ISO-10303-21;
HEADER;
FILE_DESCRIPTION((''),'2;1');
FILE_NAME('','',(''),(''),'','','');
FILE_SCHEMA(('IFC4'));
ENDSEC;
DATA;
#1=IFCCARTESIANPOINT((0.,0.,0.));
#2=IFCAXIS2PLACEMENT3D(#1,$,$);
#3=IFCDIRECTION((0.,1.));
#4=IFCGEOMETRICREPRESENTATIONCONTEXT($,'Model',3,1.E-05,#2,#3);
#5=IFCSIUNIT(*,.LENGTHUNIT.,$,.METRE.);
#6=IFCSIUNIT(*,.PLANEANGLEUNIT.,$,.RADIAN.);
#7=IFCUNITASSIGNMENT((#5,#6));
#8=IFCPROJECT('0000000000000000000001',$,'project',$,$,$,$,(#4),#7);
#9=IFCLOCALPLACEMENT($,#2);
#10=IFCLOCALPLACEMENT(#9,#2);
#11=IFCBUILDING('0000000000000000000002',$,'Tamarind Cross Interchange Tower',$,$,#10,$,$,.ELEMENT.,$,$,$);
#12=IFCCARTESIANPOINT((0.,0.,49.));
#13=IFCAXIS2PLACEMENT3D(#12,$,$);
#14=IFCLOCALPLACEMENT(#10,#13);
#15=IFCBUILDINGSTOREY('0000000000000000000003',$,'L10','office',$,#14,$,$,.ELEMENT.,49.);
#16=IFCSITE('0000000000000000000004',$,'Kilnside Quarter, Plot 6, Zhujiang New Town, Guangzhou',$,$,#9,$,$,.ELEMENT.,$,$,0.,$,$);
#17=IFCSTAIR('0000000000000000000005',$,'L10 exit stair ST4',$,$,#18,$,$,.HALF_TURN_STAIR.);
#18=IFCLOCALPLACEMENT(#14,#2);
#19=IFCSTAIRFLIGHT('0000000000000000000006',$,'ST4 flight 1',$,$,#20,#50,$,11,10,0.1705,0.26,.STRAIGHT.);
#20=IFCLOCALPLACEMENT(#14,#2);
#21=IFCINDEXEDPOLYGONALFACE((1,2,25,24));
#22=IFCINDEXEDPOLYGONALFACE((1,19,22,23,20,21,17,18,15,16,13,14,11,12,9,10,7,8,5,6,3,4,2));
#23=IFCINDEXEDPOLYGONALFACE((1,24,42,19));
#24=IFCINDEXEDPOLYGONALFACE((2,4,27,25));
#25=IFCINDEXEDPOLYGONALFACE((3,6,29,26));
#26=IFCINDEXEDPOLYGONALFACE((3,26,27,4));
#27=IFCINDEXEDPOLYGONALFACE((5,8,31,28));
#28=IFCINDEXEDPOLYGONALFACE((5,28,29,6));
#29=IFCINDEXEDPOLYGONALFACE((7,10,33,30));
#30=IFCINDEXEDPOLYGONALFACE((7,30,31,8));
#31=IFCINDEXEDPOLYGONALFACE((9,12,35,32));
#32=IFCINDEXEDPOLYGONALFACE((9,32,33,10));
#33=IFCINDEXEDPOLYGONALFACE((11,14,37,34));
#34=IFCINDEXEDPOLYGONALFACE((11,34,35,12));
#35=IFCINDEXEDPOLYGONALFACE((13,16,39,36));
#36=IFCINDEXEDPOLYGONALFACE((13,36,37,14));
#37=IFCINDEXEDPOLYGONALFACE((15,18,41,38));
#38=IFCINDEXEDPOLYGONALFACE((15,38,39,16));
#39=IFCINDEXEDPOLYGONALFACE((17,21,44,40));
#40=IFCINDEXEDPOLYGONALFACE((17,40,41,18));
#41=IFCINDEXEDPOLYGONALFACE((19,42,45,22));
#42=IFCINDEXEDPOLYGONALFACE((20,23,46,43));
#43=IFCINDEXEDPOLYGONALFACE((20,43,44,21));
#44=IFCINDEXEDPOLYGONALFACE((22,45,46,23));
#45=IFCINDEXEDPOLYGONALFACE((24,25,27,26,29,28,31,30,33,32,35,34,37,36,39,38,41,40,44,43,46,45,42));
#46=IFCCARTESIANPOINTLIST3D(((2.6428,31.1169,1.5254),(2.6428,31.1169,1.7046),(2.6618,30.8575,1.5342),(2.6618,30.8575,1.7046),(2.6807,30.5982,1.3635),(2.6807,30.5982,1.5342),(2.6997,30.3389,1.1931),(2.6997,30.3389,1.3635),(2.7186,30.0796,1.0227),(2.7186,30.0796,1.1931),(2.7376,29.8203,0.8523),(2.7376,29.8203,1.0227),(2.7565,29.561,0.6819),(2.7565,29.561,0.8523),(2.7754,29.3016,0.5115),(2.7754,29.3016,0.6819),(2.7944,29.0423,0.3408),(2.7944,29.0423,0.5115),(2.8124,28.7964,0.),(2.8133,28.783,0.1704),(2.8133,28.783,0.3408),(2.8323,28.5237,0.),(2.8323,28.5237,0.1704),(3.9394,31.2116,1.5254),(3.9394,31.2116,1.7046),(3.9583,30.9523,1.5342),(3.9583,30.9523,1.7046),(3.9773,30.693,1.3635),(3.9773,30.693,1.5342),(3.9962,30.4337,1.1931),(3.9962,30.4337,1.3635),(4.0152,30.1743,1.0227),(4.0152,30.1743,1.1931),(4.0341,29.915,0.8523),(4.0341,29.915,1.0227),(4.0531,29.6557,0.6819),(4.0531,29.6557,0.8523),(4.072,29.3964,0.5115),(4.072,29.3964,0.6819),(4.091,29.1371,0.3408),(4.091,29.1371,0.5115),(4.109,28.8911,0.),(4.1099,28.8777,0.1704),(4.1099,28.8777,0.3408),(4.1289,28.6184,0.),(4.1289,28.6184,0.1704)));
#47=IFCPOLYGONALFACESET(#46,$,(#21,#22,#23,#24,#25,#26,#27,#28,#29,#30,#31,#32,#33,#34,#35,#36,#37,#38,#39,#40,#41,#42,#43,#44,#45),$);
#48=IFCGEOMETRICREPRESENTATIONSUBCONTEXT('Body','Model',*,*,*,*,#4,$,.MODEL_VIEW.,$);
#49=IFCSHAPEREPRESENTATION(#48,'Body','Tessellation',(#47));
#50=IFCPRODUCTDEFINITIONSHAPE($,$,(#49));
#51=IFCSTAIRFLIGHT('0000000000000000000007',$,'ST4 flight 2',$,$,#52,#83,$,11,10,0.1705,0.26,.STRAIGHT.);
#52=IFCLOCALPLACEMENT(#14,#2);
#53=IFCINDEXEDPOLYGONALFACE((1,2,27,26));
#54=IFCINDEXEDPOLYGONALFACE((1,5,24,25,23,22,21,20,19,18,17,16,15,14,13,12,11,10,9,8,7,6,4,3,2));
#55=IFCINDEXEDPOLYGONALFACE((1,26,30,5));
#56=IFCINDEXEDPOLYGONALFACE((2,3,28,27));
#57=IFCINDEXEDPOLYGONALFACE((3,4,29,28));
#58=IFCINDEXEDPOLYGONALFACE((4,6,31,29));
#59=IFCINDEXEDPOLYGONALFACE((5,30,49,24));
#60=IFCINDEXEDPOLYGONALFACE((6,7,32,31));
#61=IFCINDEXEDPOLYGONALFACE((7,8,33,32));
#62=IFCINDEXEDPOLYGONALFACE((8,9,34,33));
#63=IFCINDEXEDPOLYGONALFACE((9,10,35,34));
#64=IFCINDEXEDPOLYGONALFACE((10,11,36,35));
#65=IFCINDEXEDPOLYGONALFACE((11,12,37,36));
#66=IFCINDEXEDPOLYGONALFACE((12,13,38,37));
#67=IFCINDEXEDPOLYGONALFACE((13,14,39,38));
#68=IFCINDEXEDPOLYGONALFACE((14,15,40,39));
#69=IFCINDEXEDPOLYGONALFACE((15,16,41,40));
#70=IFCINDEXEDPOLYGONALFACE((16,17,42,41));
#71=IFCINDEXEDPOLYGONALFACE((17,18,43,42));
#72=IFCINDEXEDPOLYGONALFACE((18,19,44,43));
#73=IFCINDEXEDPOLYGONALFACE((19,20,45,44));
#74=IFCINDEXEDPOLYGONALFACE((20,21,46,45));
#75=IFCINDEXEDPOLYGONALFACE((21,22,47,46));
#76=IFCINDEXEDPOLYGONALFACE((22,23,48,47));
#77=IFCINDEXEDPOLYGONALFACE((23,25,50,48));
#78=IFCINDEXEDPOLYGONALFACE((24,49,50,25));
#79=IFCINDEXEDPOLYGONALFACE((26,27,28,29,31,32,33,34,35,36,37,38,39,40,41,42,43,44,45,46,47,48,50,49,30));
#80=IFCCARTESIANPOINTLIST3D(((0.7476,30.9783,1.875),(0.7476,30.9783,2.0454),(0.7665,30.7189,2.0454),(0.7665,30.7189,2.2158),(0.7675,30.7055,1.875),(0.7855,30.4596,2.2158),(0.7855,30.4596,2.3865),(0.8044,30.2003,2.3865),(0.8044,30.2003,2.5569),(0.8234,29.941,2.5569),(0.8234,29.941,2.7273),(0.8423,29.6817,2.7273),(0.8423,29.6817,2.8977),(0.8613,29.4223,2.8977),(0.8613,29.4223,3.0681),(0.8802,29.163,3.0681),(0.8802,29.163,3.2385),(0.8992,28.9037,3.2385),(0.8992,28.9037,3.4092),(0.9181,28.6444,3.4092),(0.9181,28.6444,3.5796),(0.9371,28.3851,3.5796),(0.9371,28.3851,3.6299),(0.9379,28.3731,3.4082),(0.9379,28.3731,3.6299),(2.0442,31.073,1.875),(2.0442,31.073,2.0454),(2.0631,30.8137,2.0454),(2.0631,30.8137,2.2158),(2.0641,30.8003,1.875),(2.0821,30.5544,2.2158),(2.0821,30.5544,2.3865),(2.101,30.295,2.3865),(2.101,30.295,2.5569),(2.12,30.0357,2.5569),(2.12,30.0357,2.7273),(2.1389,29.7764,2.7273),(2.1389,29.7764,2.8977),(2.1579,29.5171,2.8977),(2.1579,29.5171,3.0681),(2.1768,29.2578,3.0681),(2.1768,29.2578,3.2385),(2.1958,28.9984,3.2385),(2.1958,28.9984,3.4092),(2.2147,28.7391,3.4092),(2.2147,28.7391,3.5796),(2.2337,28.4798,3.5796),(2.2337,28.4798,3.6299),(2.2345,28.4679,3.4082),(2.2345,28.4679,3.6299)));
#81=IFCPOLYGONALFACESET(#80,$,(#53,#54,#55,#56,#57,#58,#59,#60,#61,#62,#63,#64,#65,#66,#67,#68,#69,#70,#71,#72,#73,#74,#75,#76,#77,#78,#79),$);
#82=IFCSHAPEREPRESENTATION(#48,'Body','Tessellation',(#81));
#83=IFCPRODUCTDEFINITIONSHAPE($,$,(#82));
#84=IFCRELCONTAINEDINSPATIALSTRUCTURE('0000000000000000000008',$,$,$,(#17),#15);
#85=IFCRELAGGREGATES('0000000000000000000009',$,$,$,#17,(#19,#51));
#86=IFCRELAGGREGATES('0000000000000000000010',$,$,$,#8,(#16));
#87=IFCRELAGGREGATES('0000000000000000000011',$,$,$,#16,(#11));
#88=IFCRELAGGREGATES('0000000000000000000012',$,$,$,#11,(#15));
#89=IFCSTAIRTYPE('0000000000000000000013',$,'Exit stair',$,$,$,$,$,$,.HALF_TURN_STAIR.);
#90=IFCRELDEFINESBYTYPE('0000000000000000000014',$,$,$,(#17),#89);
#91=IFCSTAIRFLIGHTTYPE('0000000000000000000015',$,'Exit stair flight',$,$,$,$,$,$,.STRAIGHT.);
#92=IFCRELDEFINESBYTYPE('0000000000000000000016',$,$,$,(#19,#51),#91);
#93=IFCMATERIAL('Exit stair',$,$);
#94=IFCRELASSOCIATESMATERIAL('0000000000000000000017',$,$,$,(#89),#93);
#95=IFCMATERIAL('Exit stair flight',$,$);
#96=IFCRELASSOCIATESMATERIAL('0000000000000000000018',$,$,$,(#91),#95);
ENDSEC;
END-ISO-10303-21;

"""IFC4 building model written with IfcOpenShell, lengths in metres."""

from ifc_helpers import new_model, si_unit, direction, frame, origin, place, context, subcontext, project, spatial, polyline, outline, extrude, material, type_object, element, aggregate, save


model = new_model("IFC4")

# Units and contexts
model_context = context("Model", 3, precision=1e-05, world=origin(), true_north=direction((0.0, 1.0)))
body_context = subcontext(model_context, "Body", "Model", "MODEL_VIEW")
ifc_project = project(units=[si_unit("LENGTHUNIT", "METRE"), si_unit("PLANEANGLEUNIT", "RADIAN")], contexts=[model_context])

# Site, building, storey
site_placement = place(None, origin())
site = spatial("IfcSite", under=ifc_project, at=site_placement, Name="Kilnside Quarter, Plot 6, Zhujiang New Town, Guangzhou", CompositionType="ELEMENT", RefElevation=0.0)
building_placement = place(site_placement, origin())
building = spatial("IfcBuilding", under=site, at=building_placement, Name="Tamarind Cross Interchange Tower", CompositionType="ELEMENT")
storey_placement = place(building_placement, frame((0.0, 0.0, 49.0)))
storey = spatial("IfcBuildingStorey", under=building, at=storey_placement, Name="L10", Description="office", CompositionType="ELEMENT", Elevation=49.0)

# Stair, stair flights
ifc_material_1 = material(Name="Exit stair")
stair_type = type_object("IfcStairType", Name="Exit stair", PredefinedType="HALF_TURN_STAIR", material=ifc_material_1)
stair_placement = place(storey_placement, origin())
stair = element("IfcStair", 1, at=stair_placement, inside=storey, type_object=stair_type, Name="L10 exit stair ST4", PredefinedType="HALF_TURN_STAIR")
ifc_material_2 = material(Name="Exit stair flight")
stair_flight_type = type_object("IfcStairFlightType", Name="Exit stair flight", PredefinedType="STRAIGHT", material=ifc_material_2)
stair_flight_1_placement = place(storey_placement, frame((3.4805, 28.571, 0.0), z_axis=(0.0, 0.0, 1.0), x_axis=(-0.072876, 0.997341, 0.0)))
stair_flight_1 = element("IfcStairFlight", 2, at=stair_flight_1_placement, type_object=stair_flight_type, Name="ST4 flight 1", NumberOfRisers=11, NumberOfTreads=10, PredefinedType="STRAIGHT", RiserHeight=0.1705, TreadLength=0.26, context=body_context, shape_type="SweptSolid", body=[
    extrude(outline(polyline([(0.0, 0.0), (0.0, 0.1704), (0.26, 0.1704), (0.26, 0.3408), (0.52, 0.3408), (0.52, 0.5115), (0.78, 0.5115), (0.78, 0.6819), (1.04, 0.6819), (1.04, 0.8523), (1.3, 0.8523), (1.3, 1.0227), (1.5601, 1.0227), (1.5601, 1.1931), (1.8201, 1.1931), (1.8201, 1.3635), (2.0801, 1.3635), (2.0801, 1.5342), (2.3401, 1.5342), (2.3401, 1.7046), (2.6001, 1.7046), (2.6001, 1.875), (2.6001, 1.5254), (0.2734, 0.0), (0.0, 0.0)])), frame((0.0, 0.6499, 0.0), z_axis=(0.0, -1.0, 0.0), x_axis=(1.0, 0.0, 0.0)), (0.0, 0.0, 1.0), 1.3),
])
stair_flight_2_placement = place(storey_placement, frame((1.396, 31.0256, 1.875), z_axis=(0.0, 0.0, 1.0), x_axis=(0.072876, -0.997341, 0.0)))
stair_flight_2 = element("IfcStairFlight", 3, at=stair_flight_2_placement, type_object=stair_flight_type, Name="ST4 flight 2", NumberOfRisers=11, NumberOfTreads=10, PredefinedType="STRAIGHT", RiserHeight=0.1705, TreadLength=0.26, context=body_context, shape_type="SweptSolid", body=[
    extrude(outline(polyline([(0.0, 0.0), (0.0, 0.1704), (0.26, 0.1704), (0.26, 0.3408), (0.52, 0.3408), (0.52, 0.5115), (0.78, 0.5115), (0.78, 0.6819), (1.04, 0.6819), (1.04, 0.8523), (1.3, 0.8523), (1.3, 1.0227), (1.5601, 1.0227), (1.5601, 1.1931), (1.8201, 1.1931), (1.8201, 1.3635), (2.0801, 1.3635), (2.0801, 1.5342), (2.3401, 1.5342), (2.3401, 1.7046), (2.6001, 1.7046), (2.6001, 1.7549), (2.6121, 1.7549), (2.6121, 1.5332), (0.2734, 0.0), (0.0, 0.0)])), frame((0.0, 0.6499, 0.0), z_axis=(0.0, -1.0, 0.0), x_axis=(1.0, 0.0, 0.0)), (0.0, 0.0, 1.0), 1.3),
])
aggregate(stair, [stair_flight_1, stair_flight_2])

save(model, "model.ifc")
